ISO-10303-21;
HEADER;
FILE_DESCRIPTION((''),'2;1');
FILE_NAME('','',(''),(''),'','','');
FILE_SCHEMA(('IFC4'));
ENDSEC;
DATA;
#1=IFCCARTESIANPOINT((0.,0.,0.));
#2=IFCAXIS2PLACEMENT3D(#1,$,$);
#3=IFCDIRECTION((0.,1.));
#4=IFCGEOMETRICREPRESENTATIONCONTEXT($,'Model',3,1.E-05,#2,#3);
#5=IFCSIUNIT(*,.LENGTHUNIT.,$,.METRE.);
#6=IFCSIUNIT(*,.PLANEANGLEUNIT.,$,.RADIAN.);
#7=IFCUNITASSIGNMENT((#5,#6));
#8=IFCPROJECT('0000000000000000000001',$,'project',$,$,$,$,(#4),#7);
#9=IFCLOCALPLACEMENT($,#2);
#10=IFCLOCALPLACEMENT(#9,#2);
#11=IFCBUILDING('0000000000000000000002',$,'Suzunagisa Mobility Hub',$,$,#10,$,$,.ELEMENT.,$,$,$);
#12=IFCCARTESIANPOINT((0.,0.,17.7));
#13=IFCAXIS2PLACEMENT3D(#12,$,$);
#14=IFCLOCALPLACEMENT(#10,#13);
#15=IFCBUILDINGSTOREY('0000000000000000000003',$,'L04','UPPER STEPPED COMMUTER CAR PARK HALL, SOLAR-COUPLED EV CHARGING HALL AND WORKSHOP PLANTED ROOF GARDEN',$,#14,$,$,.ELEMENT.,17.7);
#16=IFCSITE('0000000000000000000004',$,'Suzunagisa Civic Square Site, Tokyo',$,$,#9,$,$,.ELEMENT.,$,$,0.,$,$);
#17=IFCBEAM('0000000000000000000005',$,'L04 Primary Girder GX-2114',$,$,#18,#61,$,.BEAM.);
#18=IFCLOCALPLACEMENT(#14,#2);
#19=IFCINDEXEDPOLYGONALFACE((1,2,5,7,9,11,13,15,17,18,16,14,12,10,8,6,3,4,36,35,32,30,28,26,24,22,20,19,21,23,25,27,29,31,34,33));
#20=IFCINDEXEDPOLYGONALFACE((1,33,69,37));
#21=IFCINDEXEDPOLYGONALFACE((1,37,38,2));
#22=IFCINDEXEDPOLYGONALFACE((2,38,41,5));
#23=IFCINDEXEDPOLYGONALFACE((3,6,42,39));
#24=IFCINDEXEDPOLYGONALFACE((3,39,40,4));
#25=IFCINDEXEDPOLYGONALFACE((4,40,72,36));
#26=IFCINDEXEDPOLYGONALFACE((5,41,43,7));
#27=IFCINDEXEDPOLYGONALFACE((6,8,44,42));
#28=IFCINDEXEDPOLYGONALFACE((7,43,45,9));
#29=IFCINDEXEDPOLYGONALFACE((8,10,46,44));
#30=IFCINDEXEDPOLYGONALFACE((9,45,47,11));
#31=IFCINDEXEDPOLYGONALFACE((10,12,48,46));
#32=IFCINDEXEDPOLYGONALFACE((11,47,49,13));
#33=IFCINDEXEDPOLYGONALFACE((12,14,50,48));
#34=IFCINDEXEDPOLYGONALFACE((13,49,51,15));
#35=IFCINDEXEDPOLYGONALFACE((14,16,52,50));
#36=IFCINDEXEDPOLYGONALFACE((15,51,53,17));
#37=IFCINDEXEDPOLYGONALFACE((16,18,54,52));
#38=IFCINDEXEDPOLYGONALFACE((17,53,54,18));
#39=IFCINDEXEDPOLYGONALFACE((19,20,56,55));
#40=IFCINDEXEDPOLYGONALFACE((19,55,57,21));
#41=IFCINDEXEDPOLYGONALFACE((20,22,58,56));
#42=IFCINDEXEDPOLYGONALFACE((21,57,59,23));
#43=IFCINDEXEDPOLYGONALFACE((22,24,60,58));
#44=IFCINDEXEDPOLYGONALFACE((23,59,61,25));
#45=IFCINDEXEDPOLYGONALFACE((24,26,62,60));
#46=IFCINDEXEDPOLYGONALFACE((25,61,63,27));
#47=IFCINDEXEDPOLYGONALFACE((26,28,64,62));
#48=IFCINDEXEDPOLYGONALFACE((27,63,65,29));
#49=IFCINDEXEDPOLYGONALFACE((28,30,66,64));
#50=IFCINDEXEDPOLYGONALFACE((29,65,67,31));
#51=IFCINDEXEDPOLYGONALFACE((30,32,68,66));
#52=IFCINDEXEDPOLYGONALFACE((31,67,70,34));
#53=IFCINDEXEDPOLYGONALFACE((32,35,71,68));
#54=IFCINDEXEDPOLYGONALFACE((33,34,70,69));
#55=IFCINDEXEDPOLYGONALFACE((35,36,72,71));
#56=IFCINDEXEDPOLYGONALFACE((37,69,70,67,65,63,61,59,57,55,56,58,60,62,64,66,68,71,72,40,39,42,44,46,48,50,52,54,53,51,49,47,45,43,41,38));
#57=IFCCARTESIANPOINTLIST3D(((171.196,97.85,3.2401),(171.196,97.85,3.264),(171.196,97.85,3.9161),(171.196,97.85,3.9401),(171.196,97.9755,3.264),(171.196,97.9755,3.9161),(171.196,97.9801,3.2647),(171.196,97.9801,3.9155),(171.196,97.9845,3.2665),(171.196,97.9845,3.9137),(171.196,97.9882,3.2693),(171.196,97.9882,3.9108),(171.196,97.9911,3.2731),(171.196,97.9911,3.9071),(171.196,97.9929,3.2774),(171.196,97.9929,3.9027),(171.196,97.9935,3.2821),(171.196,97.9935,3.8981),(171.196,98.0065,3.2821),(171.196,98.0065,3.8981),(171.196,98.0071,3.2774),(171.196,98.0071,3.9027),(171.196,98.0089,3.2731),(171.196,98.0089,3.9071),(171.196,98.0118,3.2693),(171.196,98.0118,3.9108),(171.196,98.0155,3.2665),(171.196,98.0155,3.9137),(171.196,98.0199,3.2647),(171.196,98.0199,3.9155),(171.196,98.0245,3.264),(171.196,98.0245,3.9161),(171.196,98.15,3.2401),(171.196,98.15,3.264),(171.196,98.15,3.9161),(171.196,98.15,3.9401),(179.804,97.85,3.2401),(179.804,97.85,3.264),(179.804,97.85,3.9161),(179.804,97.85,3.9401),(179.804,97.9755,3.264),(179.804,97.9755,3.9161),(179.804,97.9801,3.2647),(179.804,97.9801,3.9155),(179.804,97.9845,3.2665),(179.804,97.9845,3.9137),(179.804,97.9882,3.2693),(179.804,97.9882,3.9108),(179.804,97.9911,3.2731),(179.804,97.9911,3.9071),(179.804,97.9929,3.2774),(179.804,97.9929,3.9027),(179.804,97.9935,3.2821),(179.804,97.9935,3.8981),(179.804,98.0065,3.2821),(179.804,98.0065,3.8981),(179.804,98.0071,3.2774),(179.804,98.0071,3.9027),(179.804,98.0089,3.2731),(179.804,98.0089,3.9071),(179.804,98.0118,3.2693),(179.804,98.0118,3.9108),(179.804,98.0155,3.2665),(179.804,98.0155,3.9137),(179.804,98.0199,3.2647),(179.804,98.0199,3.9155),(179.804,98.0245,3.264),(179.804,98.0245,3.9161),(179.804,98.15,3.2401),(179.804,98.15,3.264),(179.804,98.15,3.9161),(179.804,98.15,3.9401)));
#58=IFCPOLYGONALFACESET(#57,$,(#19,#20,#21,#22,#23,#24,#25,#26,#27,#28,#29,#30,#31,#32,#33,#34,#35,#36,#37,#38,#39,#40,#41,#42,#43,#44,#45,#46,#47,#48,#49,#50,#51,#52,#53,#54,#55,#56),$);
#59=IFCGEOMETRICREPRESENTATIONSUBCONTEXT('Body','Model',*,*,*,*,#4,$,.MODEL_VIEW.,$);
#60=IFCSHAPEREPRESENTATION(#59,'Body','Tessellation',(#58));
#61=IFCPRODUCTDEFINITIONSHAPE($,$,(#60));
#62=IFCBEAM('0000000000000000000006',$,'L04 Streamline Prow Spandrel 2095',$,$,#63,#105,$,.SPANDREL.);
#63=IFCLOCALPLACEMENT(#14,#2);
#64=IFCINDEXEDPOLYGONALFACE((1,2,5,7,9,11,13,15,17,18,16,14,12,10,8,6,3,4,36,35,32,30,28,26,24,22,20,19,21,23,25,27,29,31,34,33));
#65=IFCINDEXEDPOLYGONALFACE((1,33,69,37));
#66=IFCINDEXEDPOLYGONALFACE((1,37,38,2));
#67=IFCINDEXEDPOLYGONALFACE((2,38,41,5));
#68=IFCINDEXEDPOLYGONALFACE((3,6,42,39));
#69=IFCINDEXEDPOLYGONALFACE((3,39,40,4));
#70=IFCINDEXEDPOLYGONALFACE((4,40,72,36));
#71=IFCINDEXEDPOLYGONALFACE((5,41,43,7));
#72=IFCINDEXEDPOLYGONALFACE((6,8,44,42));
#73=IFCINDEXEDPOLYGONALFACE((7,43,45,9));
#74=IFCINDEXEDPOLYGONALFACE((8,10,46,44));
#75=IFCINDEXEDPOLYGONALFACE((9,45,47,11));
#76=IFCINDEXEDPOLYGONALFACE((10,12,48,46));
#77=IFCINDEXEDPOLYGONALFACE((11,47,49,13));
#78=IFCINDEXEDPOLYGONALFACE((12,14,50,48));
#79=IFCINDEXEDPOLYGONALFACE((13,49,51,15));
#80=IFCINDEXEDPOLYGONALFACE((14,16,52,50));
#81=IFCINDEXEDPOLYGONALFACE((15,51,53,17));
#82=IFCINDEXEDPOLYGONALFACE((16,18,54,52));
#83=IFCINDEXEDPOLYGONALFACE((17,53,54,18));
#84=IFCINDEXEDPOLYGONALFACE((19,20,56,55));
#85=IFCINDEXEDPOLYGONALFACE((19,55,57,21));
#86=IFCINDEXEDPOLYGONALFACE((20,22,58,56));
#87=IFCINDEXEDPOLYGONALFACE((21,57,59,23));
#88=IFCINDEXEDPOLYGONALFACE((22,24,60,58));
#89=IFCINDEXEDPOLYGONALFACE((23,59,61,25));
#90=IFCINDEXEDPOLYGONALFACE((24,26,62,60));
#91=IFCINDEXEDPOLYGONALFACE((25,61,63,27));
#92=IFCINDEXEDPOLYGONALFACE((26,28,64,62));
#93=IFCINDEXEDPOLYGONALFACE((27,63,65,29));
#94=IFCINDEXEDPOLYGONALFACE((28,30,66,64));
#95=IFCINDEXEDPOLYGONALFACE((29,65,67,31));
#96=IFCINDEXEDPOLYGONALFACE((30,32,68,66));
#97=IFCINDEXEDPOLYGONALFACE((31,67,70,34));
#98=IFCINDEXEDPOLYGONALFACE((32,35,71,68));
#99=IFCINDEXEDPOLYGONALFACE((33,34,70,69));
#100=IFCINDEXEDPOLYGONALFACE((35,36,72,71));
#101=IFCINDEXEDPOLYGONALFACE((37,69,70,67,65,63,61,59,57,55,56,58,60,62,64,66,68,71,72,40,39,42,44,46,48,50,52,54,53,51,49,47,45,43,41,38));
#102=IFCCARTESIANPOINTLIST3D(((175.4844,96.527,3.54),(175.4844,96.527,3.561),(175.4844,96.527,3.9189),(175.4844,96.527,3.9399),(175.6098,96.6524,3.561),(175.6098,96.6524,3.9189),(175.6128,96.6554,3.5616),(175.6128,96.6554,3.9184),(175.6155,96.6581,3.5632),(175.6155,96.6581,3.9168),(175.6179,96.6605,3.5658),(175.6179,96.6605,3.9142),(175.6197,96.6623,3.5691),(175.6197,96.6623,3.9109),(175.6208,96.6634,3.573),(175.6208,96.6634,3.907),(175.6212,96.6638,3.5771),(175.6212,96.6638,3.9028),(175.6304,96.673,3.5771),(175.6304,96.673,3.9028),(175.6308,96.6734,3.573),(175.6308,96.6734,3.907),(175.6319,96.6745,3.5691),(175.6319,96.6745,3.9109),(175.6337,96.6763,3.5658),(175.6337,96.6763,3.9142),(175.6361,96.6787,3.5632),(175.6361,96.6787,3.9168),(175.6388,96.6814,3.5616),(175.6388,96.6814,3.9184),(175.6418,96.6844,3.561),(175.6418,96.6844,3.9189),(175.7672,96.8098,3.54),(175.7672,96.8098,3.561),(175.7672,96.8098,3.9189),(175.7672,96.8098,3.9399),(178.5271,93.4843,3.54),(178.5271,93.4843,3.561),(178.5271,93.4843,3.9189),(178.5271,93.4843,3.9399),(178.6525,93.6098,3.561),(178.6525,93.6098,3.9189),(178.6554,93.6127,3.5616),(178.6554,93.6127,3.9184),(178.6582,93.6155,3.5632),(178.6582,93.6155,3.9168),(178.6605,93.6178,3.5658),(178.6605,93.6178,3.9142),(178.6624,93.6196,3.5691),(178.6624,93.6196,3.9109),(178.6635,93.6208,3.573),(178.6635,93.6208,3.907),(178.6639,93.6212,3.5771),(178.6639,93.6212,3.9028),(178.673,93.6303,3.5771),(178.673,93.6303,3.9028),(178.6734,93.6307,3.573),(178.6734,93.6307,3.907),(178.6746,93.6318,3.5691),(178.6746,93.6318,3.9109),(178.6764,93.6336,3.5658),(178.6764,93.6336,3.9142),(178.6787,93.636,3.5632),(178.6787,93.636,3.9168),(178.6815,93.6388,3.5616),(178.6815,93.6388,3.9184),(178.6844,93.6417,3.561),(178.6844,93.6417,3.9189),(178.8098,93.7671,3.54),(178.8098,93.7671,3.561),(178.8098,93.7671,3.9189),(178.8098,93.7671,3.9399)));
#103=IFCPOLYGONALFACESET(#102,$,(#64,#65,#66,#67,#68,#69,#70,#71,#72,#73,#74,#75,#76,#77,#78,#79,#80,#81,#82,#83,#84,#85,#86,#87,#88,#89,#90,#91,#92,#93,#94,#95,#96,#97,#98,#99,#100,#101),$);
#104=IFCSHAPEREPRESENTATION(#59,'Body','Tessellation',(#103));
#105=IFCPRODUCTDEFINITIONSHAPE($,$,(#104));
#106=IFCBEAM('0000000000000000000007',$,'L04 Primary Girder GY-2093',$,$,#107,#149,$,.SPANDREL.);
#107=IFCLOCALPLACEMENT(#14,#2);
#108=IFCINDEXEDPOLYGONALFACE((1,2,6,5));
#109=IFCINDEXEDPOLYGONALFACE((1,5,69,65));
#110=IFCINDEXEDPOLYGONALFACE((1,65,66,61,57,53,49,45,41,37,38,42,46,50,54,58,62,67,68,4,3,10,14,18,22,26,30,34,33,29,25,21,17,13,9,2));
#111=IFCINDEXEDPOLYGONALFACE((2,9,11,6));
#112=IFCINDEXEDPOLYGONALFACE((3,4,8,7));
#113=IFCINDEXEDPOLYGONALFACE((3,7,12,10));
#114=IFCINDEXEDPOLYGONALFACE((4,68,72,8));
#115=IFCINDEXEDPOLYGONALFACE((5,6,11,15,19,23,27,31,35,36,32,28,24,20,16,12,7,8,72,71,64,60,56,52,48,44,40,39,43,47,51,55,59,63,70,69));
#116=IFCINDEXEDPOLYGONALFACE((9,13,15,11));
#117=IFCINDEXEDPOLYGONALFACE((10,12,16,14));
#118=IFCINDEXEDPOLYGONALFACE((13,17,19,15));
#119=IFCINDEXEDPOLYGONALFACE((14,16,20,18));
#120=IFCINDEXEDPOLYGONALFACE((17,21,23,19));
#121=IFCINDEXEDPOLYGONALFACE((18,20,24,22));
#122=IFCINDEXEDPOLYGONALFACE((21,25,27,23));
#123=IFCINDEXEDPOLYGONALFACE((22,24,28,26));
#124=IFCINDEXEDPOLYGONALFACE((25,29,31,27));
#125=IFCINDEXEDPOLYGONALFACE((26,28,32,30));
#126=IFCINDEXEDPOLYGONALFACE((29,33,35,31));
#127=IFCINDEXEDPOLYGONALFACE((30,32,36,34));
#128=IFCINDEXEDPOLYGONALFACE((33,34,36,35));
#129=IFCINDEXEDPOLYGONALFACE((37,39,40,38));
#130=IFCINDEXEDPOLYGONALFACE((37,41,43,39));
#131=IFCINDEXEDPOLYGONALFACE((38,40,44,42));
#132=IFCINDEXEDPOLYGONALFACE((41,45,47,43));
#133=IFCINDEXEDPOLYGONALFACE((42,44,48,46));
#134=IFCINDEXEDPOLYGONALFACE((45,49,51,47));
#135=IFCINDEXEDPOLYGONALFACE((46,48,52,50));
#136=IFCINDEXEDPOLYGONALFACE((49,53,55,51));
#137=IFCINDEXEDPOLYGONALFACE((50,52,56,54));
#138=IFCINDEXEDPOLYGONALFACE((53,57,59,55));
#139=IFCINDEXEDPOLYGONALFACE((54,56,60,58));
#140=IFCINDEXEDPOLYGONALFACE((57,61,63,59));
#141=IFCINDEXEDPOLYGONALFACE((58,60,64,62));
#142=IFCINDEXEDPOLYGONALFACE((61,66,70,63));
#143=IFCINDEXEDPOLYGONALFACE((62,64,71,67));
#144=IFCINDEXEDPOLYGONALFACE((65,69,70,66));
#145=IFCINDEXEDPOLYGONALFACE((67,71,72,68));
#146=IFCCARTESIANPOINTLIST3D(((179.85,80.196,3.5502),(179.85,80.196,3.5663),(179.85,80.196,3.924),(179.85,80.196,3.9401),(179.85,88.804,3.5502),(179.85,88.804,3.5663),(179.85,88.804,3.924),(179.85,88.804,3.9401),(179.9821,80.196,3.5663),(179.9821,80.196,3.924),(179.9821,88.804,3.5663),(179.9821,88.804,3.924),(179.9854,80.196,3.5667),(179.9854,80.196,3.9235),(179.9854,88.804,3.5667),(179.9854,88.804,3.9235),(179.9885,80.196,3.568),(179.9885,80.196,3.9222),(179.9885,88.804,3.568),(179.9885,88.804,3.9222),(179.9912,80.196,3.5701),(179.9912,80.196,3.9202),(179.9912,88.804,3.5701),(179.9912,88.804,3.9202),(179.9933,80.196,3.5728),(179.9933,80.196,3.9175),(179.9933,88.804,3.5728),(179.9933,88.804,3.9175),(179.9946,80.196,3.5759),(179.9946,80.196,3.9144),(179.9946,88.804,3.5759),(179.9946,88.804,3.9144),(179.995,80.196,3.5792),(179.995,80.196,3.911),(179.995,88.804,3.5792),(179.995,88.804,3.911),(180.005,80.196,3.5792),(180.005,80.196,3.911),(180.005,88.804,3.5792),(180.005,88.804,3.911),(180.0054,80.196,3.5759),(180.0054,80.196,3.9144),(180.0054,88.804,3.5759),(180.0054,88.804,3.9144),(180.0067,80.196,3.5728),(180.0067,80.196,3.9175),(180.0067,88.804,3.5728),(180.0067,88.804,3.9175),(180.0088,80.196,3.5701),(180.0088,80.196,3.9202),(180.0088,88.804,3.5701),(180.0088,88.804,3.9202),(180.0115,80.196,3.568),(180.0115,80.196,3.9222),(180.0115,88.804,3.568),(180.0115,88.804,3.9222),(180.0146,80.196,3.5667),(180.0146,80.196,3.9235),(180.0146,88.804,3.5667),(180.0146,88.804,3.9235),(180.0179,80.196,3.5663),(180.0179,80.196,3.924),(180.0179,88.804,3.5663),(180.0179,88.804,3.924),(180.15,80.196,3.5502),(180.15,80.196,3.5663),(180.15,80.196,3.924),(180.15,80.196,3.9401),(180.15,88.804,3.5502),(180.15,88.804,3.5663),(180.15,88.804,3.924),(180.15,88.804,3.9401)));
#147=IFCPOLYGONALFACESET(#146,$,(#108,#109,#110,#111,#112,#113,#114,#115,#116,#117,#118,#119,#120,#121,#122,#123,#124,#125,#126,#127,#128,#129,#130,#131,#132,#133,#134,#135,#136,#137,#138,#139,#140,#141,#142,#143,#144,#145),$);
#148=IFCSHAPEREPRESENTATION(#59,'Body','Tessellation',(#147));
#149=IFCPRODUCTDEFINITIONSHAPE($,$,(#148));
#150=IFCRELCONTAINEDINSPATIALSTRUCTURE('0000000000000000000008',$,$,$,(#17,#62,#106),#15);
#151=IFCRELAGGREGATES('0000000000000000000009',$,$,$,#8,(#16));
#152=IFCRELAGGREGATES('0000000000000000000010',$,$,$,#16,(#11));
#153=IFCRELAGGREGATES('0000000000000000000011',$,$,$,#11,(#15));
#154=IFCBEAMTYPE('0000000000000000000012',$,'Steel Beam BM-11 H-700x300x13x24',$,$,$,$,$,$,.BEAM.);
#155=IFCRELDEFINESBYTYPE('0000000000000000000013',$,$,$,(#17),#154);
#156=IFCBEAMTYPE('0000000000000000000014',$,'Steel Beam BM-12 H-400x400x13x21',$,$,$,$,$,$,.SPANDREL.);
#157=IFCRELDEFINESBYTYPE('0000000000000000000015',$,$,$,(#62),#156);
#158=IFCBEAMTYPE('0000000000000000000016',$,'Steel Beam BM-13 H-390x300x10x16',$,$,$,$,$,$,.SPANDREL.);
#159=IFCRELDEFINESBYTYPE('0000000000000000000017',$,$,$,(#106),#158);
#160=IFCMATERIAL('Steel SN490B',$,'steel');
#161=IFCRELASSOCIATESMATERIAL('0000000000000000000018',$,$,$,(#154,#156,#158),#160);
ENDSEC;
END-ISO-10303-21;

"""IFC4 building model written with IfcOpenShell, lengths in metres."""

from ifc_helpers import new_model, si_unit, direction, frame, origin, origin_2d, place, context, subcontext, project, spatial, i_section, extrude, material, material_profile, profile_set, type_object, element, save


model = new_model("IFC4")

# Units and contexts
model_context = context("Model", 3, precision=1e-05, world=origin(), true_north=direction((0.0, 1.0)))
body_context = subcontext(model_context, "Body", "Model", "MODEL_VIEW")
ifc_project = project(units=[si_unit("LENGTHUNIT", "METRE"), si_unit("PLANEANGLEUNIT", "RADIAN")], contexts=[model_context])

# Site, building, storey
site_placement = place(None, origin())
site = spatial("IfcSite", under=ifc_project, at=site_placement, Name="Suzunagisa Civic Square Site, Tokyo", CompositionType="ELEMENT", RefElevation=0.0)
building_placement = place(site_placement, origin())
building = spatial("IfcBuilding", under=site, at=building_placement, Name="Suzunagisa Mobility Hub", CompositionType="ELEMENT")
storey_placement = place(building_placement, frame((0.0, 0.0, 17.7)))
storey = spatial("IfcBuildingStorey", under=building, at=storey_placement, Name="L04", Description="UPPER STEPPED COMMUTER CAR PARK HALL, SOLAR-COUPLED EV CHARGING HALL AND WORKSHOP PLANTED ROOF GARDEN", CompositionType="ELEMENT", Elevation=17.7)

# Shared definitions
ifc_material_1 = material(Name="Steel SN490B", Category="steel")

# Beams
ifc_material_profile_1 = material_profile(ifc_material_1, i_section(OverallWidth=0.3, OverallDepth=0.7, WebThickness=0.0129, FlangeThickness=0.0239, FilletRadius=0.0181, at=origin_2d()), Name="H-700x300x13x24")
ifc_profile_set_1 = profile_set([ifc_material_profile_1], Name="Steel SN490B")
beam_type_1 = type_object("IfcBeamType", Name="Steel Beam BM-11 H-700x300x13x24", PredefinedType="BEAM", material=ifc_profile_set_1)
for number, where, z_axis, x_axis, name in (
    (1, (171.196, 98.0, 3.5901), (1.0, 0.0, 0.0), (0.0, 1.0, 0.0), "L04 Primary Girder GX-2114"),
):
    element("IfcBeam", number, at=place(storey_placement, frame(where, z_axis=z_axis, x_axis=x_axis)), inside=storey, type_object=beam_type_1, Name=name, PredefinedType="BEAM", context=body_context, shape_type="SweptSolid", body=[
        extrude(i_section(OverallWidth=0.3, OverallDepth=0.7, WebThickness=0.0129, FlangeThickness=0.0239, FilletRadius=0.0181, at=origin_2d()), origin(), (0.0, 0.0, 1.0), 8.6079),
    ])
ifc_material_profile_2 = material_profile(ifc_material_1, i_section(OverallWidth=0.3999, OverallDepth=0.3999, WebThickness=0.0129, FlangeThickness=0.021, FilletRadius=0.0161, at=origin_2d()), Name="H-400x400x13x21")
ifc_profile_set_2 = profile_set([ifc_material_profile_2], Name="Steel SN490B")
beam_type_2 = type_object("IfcBeamType", Name="Steel Beam BM-12 H-400x400x13x21", PredefinedType="SPANDREL", material=ifc_profile_set_2)
beam_1_placement = place(storey_placement, frame((178.6685, 93.6257, 3.74), z_axis=(-0.707107, 0.707107, 0.0), x_axis=(-0.707107, -0.707107, 0.0)))
element("IfcBeam", 2, at=beam_1_placement, inside=storey, type_object=beam_type_2, Name="L04 Streamline Prow Spandrel 2095", PredefinedType="SPANDREL", context=body_context, shape_type="SweptSolid", body=[
    extrude(i_section(OverallWidth=0.3999, OverallDepth=0.3999, WebThickness=0.0129, FlangeThickness=0.021, FilletRadius=0.0161, at=origin_2d()), origin(), (0.0, 0.0, 1.0), 4.303),
])
ifc_material_profile_3 = material_profile(ifc_material_1, i_section(OverallWidth=0.3, OverallDepth=0.3899, WebThickness=0.01, FlangeThickness=0.0161, FilletRadius=0.0129, at=origin_2d()), Name="H-390x300x10x16")
ifc_profile_set_3 = profile_set([ifc_material_profile_3], Name="Steel SN490B")
beam_type_3 = type_object("IfcBeamType", Name="Steel Beam BM-13 H-390x300x10x16", PredefinedType="SPANDREL", material=ifc_profile_set_3)
beam_2_placement = place(storey_placement, frame((180.0, 80.196, 3.7451), z_axis=(0.0, 1.0, 0.0), x_axis=(-1.0, 0.0, 0.0)))
element("IfcBeam", 3, at=beam_2_placement, inside=storey, type_object=beam_type_3, Name="L04 Primary Girder GY-2093", PredefinedType="SPANDREL", context=body_context, shape_type="SweptSolid", body=[
    extrude(i_section(OverallWidth=0.3, OverallDepth=0.3899, WebThickness=0.01, FlangeThickness=0.0161, FilletRadius=0.0129, at=origin_2d()), origin(), (0.0, 0.0, 1.0), 8.6079),
])

save(model, "model.ifc")
